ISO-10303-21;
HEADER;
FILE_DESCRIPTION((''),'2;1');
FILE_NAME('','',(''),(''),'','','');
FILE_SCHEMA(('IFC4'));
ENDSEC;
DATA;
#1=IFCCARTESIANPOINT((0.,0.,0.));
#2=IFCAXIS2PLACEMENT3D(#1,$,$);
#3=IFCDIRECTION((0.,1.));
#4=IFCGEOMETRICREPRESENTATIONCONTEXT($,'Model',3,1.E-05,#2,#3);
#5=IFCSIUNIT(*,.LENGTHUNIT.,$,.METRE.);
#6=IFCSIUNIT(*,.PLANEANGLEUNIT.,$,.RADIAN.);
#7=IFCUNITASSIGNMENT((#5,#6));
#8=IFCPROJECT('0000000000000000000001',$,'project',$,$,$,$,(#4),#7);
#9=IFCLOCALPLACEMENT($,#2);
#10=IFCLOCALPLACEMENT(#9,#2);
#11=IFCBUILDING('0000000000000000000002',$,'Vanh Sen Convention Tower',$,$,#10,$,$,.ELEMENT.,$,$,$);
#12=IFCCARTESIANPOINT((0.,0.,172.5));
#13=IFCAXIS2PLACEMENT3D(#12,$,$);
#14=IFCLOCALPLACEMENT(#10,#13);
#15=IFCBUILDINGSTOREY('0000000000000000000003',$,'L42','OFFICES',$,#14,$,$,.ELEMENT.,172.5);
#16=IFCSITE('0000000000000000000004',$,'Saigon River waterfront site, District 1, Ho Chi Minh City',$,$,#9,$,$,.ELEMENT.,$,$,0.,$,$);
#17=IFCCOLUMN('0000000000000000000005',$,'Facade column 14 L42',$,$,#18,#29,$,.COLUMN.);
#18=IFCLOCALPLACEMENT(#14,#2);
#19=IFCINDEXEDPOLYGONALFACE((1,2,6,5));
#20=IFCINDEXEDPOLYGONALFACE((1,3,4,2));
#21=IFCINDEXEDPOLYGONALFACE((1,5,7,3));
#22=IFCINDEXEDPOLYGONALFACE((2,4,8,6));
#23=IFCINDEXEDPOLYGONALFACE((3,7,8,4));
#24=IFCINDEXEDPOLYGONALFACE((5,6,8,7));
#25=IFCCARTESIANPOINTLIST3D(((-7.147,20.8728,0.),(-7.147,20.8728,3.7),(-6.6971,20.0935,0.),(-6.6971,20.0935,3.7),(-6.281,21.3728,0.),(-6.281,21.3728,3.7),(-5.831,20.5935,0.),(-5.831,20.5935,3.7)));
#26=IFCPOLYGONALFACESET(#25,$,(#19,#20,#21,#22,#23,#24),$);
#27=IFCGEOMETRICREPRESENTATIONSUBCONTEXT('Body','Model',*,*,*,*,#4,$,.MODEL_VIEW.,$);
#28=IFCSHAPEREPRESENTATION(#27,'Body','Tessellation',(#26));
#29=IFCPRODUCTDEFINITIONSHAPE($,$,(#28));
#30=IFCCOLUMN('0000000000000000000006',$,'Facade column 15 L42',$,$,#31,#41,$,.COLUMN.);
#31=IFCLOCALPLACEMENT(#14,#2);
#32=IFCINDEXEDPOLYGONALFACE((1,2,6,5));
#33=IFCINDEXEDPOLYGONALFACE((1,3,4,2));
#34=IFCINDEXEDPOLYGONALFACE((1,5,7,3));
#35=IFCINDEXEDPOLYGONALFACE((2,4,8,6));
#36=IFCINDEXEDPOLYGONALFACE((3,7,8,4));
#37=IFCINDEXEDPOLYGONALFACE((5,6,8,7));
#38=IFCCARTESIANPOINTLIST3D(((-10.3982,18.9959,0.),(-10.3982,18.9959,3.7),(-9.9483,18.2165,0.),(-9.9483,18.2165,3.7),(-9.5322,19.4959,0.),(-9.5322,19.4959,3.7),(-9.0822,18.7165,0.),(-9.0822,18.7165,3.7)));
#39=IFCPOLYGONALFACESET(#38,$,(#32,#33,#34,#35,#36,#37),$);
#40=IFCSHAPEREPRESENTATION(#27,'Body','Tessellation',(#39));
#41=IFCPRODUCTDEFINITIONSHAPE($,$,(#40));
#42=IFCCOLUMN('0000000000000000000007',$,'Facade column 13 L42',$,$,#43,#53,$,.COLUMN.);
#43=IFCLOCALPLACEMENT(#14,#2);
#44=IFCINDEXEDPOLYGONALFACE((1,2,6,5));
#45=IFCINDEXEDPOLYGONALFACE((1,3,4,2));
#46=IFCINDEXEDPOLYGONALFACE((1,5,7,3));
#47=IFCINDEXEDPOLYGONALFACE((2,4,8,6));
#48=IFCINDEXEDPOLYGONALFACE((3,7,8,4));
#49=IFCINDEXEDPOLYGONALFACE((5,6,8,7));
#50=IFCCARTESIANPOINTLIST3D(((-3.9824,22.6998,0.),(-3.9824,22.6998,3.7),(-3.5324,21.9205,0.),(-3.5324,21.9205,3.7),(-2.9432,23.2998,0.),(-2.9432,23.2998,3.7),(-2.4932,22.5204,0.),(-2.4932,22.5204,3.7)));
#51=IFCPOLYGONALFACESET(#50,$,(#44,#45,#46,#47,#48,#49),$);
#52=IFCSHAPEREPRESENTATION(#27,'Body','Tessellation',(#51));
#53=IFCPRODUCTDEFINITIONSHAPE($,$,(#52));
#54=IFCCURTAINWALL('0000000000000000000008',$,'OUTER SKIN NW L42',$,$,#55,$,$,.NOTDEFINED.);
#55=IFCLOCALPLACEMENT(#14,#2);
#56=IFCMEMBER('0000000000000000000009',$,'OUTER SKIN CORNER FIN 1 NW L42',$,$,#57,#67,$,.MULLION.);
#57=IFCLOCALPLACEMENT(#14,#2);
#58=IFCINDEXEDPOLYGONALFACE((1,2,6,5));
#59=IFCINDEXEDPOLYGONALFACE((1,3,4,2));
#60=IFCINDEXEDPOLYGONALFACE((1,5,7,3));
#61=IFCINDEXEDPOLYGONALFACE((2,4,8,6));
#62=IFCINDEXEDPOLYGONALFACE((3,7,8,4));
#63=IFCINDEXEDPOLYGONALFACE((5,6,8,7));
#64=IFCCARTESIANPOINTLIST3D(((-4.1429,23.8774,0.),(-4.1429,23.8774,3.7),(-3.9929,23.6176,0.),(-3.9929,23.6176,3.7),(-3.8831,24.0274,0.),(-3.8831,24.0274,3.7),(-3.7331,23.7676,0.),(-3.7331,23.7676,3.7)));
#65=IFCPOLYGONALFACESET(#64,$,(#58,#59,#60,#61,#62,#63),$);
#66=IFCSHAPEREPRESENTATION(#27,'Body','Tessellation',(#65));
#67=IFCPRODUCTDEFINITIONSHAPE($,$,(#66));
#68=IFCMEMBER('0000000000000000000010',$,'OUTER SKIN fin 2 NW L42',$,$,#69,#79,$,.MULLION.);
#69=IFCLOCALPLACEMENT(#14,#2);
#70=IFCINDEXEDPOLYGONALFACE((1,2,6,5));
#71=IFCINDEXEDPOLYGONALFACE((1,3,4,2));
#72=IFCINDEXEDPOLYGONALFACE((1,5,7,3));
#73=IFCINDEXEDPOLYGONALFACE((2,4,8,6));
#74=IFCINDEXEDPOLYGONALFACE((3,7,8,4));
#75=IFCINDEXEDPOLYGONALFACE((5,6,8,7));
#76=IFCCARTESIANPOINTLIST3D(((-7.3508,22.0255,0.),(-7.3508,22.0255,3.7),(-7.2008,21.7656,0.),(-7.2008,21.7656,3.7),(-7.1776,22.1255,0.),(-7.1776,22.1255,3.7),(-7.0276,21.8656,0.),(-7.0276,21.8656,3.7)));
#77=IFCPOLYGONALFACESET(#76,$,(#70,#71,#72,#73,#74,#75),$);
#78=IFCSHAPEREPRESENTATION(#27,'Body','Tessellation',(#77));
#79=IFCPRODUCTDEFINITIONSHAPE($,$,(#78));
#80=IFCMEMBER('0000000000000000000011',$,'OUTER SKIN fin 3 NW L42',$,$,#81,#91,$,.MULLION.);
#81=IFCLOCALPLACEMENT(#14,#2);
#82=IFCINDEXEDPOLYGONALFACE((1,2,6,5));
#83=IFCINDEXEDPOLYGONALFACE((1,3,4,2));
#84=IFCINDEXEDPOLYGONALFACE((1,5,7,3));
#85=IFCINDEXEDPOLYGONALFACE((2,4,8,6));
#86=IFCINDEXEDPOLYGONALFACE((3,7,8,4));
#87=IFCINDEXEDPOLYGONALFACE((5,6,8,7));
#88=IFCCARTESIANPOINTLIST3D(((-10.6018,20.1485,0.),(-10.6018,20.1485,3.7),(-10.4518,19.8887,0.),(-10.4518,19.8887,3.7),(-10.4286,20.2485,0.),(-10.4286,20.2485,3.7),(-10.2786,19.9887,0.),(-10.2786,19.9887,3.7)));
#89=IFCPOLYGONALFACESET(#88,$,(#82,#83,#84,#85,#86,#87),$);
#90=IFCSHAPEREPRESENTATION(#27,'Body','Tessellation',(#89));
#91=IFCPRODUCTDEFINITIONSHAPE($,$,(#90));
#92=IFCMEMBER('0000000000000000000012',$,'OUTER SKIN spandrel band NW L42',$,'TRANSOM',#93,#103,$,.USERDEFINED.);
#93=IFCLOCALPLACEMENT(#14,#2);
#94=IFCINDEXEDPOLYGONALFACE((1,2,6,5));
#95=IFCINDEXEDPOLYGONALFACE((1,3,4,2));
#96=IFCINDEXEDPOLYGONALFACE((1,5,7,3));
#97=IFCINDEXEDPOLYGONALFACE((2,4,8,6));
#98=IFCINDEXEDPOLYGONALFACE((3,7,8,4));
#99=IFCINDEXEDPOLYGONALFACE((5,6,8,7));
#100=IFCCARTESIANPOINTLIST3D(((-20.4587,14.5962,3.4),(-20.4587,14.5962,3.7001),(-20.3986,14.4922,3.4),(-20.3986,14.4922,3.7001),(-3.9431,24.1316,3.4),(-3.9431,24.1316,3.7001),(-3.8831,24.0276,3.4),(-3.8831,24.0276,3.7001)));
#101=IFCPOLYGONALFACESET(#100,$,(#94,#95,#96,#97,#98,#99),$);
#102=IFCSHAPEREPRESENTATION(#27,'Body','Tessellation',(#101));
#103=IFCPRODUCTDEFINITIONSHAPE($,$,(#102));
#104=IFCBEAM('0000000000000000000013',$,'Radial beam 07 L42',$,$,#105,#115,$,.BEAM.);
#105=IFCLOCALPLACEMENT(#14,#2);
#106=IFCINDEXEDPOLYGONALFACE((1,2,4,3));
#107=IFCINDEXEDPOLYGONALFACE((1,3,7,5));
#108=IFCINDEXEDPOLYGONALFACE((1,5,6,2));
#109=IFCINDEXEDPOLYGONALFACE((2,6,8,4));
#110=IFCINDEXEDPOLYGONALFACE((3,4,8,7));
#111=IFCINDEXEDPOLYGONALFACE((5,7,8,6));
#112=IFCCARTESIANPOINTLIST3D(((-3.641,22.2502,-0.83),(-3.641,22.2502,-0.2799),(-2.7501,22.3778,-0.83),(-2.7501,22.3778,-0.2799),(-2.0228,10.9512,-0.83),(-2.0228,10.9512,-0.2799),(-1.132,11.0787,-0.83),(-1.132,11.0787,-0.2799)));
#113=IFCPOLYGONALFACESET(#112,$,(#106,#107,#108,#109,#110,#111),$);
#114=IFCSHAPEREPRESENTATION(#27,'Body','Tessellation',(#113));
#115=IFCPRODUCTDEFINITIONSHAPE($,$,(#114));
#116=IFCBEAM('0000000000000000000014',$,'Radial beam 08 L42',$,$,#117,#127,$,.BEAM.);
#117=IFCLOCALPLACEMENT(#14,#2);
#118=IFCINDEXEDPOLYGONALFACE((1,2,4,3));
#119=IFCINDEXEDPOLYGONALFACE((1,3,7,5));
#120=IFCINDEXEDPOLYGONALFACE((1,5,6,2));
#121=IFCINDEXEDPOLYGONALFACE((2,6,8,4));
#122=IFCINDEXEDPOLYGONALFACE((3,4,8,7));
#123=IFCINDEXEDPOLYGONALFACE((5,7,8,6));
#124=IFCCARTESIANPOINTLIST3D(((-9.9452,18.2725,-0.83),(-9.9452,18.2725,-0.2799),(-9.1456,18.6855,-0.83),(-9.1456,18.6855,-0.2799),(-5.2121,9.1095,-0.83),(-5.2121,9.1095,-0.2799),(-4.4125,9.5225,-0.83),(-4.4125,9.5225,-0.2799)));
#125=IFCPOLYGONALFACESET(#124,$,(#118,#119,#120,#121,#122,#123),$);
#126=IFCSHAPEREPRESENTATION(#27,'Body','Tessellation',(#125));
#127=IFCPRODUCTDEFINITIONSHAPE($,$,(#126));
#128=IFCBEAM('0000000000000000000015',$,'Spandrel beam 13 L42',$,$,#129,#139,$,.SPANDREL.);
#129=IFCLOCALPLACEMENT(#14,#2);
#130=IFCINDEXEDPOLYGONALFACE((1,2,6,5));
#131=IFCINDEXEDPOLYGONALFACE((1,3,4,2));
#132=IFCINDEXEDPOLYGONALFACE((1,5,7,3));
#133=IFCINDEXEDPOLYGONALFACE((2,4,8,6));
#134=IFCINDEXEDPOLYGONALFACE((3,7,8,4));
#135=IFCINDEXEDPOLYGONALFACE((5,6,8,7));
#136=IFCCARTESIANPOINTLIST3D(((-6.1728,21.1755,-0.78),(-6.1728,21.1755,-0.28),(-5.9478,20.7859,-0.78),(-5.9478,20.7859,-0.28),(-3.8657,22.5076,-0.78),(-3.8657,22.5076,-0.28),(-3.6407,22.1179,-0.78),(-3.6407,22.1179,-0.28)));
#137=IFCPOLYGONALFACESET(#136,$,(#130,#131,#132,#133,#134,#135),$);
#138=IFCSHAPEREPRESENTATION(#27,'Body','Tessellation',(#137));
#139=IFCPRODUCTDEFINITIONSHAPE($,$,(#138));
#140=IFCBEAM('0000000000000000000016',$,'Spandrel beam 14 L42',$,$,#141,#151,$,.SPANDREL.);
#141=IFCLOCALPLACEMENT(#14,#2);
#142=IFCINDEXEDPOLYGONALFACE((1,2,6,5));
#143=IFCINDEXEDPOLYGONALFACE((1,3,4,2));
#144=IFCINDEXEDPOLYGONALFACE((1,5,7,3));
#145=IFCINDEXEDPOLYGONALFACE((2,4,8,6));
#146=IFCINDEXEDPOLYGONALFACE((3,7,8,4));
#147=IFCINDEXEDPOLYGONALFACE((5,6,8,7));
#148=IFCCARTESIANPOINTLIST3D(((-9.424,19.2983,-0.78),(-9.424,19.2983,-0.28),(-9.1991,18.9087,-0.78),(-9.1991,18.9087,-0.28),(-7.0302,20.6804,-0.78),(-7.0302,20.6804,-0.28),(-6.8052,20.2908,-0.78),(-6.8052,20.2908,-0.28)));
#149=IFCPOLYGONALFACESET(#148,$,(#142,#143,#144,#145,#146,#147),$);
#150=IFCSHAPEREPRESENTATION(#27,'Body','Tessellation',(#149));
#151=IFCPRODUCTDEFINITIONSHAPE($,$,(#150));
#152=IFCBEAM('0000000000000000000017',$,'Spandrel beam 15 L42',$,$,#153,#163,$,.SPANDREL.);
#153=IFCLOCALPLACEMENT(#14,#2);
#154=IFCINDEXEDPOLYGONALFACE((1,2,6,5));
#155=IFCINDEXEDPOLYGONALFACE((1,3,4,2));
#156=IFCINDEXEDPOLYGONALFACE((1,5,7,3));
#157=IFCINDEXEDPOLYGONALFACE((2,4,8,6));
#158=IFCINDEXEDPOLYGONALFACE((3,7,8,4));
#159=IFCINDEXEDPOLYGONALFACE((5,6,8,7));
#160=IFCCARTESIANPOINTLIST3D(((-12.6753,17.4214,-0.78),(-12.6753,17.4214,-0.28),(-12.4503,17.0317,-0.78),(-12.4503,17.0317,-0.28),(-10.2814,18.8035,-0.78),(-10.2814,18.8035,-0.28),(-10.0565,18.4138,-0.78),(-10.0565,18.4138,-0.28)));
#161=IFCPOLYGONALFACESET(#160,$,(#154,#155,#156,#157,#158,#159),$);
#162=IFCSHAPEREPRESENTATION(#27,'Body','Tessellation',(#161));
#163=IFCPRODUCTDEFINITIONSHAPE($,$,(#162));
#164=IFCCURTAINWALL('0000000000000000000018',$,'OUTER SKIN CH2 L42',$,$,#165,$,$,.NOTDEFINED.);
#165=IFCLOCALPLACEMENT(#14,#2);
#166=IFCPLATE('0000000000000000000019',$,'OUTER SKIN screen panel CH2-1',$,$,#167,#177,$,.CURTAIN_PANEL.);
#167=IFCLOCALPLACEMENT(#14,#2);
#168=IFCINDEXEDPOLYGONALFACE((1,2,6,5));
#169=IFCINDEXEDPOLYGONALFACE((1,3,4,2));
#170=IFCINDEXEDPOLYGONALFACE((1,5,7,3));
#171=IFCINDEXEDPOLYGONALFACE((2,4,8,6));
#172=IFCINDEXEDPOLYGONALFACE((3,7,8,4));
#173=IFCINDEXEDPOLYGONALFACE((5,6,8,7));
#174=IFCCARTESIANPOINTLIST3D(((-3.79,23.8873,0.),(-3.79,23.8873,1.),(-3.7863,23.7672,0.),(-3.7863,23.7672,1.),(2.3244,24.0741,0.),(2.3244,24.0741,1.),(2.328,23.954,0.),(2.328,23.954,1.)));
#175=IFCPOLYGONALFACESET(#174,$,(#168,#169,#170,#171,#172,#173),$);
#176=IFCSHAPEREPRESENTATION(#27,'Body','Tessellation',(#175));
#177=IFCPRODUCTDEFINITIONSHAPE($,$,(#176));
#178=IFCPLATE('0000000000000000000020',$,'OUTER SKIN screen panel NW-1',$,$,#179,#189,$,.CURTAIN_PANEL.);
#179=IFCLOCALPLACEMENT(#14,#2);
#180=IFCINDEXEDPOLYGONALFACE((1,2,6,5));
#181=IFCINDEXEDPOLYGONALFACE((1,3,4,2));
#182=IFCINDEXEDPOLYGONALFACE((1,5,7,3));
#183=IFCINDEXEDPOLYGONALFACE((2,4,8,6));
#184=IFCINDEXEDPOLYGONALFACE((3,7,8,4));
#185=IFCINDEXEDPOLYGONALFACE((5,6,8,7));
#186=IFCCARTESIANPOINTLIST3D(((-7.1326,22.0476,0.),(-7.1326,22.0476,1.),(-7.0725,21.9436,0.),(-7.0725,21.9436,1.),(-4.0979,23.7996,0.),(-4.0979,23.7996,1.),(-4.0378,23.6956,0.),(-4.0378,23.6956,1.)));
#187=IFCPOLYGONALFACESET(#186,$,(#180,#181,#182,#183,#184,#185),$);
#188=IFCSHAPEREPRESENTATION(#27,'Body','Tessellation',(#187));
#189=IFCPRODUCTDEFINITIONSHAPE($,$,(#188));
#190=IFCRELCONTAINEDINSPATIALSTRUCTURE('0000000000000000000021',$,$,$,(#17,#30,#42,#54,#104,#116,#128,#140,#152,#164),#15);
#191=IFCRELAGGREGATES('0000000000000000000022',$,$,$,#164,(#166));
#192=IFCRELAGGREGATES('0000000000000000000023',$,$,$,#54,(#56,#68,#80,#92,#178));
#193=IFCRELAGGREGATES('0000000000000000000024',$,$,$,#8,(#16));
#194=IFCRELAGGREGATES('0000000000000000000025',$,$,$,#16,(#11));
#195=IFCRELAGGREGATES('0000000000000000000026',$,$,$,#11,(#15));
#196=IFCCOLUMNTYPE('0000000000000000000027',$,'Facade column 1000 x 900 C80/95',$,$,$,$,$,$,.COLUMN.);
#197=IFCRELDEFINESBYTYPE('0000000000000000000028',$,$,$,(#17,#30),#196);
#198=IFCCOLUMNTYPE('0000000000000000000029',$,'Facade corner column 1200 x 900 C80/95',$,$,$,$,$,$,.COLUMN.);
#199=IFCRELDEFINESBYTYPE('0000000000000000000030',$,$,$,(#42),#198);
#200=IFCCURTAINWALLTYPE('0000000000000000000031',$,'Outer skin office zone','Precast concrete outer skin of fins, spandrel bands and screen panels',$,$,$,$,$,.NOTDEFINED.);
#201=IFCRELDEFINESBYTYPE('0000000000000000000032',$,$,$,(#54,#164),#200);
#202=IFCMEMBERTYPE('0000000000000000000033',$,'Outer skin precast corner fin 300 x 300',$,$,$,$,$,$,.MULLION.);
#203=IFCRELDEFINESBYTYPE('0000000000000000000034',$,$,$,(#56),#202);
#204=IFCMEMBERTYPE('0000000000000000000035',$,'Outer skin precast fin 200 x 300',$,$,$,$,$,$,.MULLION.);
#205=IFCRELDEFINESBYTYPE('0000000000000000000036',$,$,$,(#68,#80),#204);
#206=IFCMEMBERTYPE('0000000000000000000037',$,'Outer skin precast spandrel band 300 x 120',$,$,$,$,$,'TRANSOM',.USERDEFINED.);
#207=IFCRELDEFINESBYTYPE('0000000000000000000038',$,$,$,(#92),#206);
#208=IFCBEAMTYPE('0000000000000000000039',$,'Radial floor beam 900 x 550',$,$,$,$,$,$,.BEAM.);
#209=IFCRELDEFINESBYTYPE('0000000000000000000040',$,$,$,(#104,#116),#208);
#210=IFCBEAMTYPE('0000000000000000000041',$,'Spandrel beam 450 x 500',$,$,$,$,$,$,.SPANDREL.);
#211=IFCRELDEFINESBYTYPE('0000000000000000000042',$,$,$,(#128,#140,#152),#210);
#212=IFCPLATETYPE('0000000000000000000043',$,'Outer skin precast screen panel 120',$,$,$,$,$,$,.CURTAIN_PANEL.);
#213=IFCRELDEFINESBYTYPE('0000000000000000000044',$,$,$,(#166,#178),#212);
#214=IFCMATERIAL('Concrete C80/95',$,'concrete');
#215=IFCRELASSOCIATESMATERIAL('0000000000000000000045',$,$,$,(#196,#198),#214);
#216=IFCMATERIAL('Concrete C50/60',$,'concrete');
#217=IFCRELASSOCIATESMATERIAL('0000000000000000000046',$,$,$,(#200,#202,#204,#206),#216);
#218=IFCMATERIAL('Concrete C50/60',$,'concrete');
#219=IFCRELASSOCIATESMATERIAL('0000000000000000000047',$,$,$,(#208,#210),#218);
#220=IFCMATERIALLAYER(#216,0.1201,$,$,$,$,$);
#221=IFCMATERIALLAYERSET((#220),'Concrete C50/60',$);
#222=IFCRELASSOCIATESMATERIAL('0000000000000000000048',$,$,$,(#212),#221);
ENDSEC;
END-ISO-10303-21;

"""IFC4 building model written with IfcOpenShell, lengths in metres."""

from ifc_helpers import new_model, si_unit, direction, frame, origin, origin_2d, place, context, subcontext, project, spatial, rectangle, extrude, material, layer, layer_set, material_profile, profile_set, type_object, element, aggregate, save


model = new_model("IFC4")

# Units and contexts
model_context = context("Model", 3, precision=1e-05, world=origin(), true_north=direction((0.0, 1.0)))
body_context = subcontext(model_context, "Body", "Model", "MODEL_VIEW")
ifc_project = project(units=[si_unit("LENGTHUNIT", "METRE"), si_unit("PLANEANGLEUNIT", "RADIAN")], contexts=[model_context])

# Site, building, storey
site_placement = place(None, origin())
site = spatial("IfcSite", under=ifc_project, at=site_placement, Name="Saigon River waterfront site, District 1, Ho Chi Minh City", CompositionType="ELEMENT", RefElevation=0.0)
building_placement = place(site_placement, origin())
building = spatial("IfcBuilding", under=site, at=building_placement, Name="Vanh Sen Convention Tower", CompositionType="ELEMENT")
storey_placement = place(building_placement, frame((0.0, 0.0, 172.5)))
storey = spatial("IfcBuildingStorey", under=building, at=storey_placement, Name="L42", Description="OFFICES", CompositionType="ELEMENT", Elevation=172.5)

# Columns
ifc_material_1 = material(Name="Concrete C80/95", Category="concrete")
ifc_material_profile_1 = material_profile(ifc_material_1, rectangle(XDim=1.0, YDim=0.8999, at=origin_2d()), Name="RC 1000X900")
ifc_profile_set_1 = profile_set([ifc_material_profile_1], Name="Concrete C80/95")
column_type_1 = type_object("IfcColumnType", Name="Facade column 1000 x 900 C80/95", PredefinedType="COLUMN", material=ifc_profile_set_1)
for number, where, z_axis, x_axis, name in (
    (1, (-6.489, 20.7332, 0.0), (0.0, 0.0, 1.0), (-0.866025, -0.5, 0.0), "Facade column 14 L42"),
    (2, (-9.7402, 18.8562, 0.0), (0.0, 0.0, 1.0), (-0.866025, -0.5, 0.0), "Facade column 15 L42"),
):
    element("IfcColumn", number, at=place(storey_placement, frame(where, z_axis=z_axis, x_axis=x_axis)), inside=storey, type_object=column_type_1, Name=name, PredefinedType="COLUMN", context=body_context, shape_type="SweptSolid", body=[
        extrude(rectangle(XDim=1.0, YDim=0.8999, at=origin_2d()), origin(), (0.0, 0.0, 1.0), 3.7),
    ])
ifc_material_profile_2 = material_profile(ifc_material_1, rectangle(XDim=1.2, YDim=0.8999, at=origin_2d()), Name="RC 1200X900")
ifc_profile_set_2 = profile_set([ifc_material_profile_2], Name="Concrete C80/95")
column_type_2 = type_object("IfcColumnType", Name="Facade corner column 1200 x 900 C80/95", PredefinedType="COLUMN", material=ifc_profile_set_2)
column_placement = place(storey_placement, frame((-3.2378, 22.6101, 0.0), z_axis=(0.0, 0.0, 1.0), x_axis=(-0.866025, -0.5, 0.0)))
element("IfcColumn", 3, at=column_placement, inside=storey, type_object=column_type_2, Name="Facade column 13 L42", PredefinedType="COLUMN", context=body_context, shape_type="SweptSolid", body=[
    extrude(rectangle(XDim=1.2, YDim=0.8999, at=origin_2d()), origin(), (0.0, 0.0, 1.0), 3.7),
])

# Curtain wall, members
ifc_material_2 = material(Name="Concrete C50/60", Category="concrete")
curtain_wall_type = type_object("IfcCurtainWallType", Name="Outer skin office zone", Description="Precast concrete outer skin of fins, spandrel bands and screen panels", PredefinedType="NOTDEFINED", material=ifc_material_2)
curtain_wall_1_placement = place(storey_placement, origin())
curtain_wall_1 = element("IfcCurtainWall", 4, at=curtain_wall_1_placement, inside=storey, type_object=curtain_wall_type, Name="OUTER SKIN NW L42", PredefinedType="NOTDEFINED")
ifc_material_profile_3 = material_profile(ifc_material_2, rectangle(XDim=0.3, YDim=0.3, at=origin_2d()), Name="Outer skin precast corner fin 300 x 300")
ifc_profile_set_3 = profile_set([ifc_material_profile_3], Name="Concrete C50/60")
member_type_1 = type_object("IfcMemberType", Name="Outer skin precast corner fin 300 x 300", PredefinedType="MULLION", material=ifc_profile_set_3)
member_1_placement = place(storey_placement, frame((-3.938, 23.8225, 0.0), z_axis=(0.0, 0.0, 1.0), x_axis=(-0.866025, -0.5, 0.0)))
member_1 = element("IfcMember", 5, at=member_1_placement, type_object=member_type_1, Name="OUTER SKIN CORNER FIN 1 NW L42", PredefinedType="MULLION", context=body_context, shape_type="SweptSolid", body=[
    extrude(rectangle(XDim=0.3, YDim=0.3, at=origin_2d()), origin(), (0.0, 0.0, 1.0), 3.7),
])
ifc_material_profile_4 = material_profile(ifc_material_2, rectangle(XDim=0.2, YDim=0.3, at=origin_2d()), Name="Outer skin precast fin 200 x 300")
ifc_profile_set_4 = profile_set([ifc_material_profile_4], Name="Concrete C50/60")
member_type_2 = type_object("IfcMemberType", Name="Outer skin precast fin 200 x 300", PredefinedType="MULLION", material=ifc_profile_set_4)
member_2_placement = place(storey_placement, frame((-7.1892, 21.9456, 0.0), z_axis=(0.0, 0.0, 1.0), x_axis=(-0.866025, -0.5, 0.0)))
member_2 = element("IfcMember", 6, at=member_2_placement, type_object=member_type_2, Name="OUTER SKIN fin 2 NW L42", PredefinedType="MULLION", context=body_context, shape_type="SweptSolid", body=[
    extrude(rectangle(XDim=0.2, YDim=0.3, at=origin_2d()), origin(), (0.0, 0.0, 1.0), 3.7),
])
member_3_placement = place(storey_placement, frame((-10.4402, 20.0686, 0.0), z_axis=(0.0, 0.0, 1.0), x_axis=(-0.866025, -0.5, 0.0)))
member_3 = element("IfcMember", 7, at=member_3_placement, type_object=member_type_2, Name="OUTER SKIN fin 3 NW L42", PredefinedType="MULLION", context=body_context, shape_type="SweptSolid", body=[
    extrude(rectangle(XDim=0.2, YDim=0.3, at=origin_2d()), origin(), (0.0, 0.0, 1.0), 3.7),
])
ifc_material_profile_5 = material_profile(ifc_material_2, rectangle(XDim=0.1201, YDim=0.3, at=origin_2d()), Name="Outer skin precast spandrel band 300 x 120")
ifc_profile_set_5 = profile_set([ifc_material_profile_5], Name="Concrete C50/60")
member_type_3 = type_object("IfcMemberType", Name="Outer skin precast spandrel band 300 x 120", ElementType="TRANSOM", PredefinedType="USERDEFINED", material=ifc_profile_set_5)
member_4_placement = place(storey_placement, frame((-3.9131, 24.0796, 3.55), z_axis=(-0.866023, -0.500004, 0.0), x_axis=(0.500004, -0.866023, 0.0)))
member_4 = element("IfcMember", 8, at=member_4_placement, type_object=member_type_3, Name="OUTER SKIN spandrel band NW L42", ObjectType="TRANSOM", PredefinedType="USERDEFINED", context=body_context, shape_type="SweptSolid", body=[
    extrude(rectangle(XDim=0.1201, YDim=0.3, at=origin_2d()), origin(), (0.0, 0.0, 1.0), 19.0706),
])

# Beams
ifc_material_3 = material(Name="Concrete C50/60", Category="concrete")
ifc_material_profile_6 = material_profile(ifc_material_3, rectangle(XDim=0.8999, YDim=0.55, at=origin_2d()), Name="RC 900X550")
ifc_profile_set_6 = profile_set([ifc_material_profile_6], Name="Concrete C50/60")
beam_type_1 = type_object("IfcBeamType", Name="Radial floor beam 900 x 550", PredefinedType="BEAM", material=ifc_profile_set_6)
beam_1_placement = place(storey_placement, frame((-3.1956, 22.314, -0.5549), z_axis=(0.141766, -0.9899, 0.0), x_axis=(0.9899, 0.141766, 0.0)))
element("IfcBeam", 9, at=beam_1_placement, inside=storey, type_object=beam_type_1, Name="Radial beam 07 L42", PredefinedType="BEAM", context=body_context, shape_type="SweptSolid", body=[
    extrude(rectangle(XDim=0.8999, YDim=0.55, at=origin_2d()), origin(), (0.0, 0.0, 1.0), 11.4143),
])
beam_2_placement = place(storey_placement, frame((-9.5454, 18.479, -0.5549), z_axis=(0.458935, -0.88847, 0.0), x_axis=(0.88847, 0.458935, 0.0)))
element("IfcBeam", 10, at=beam_2_placement, inside=storey, type_object=beam_type_1, Name="Radial beam 08 L42", PredefinedType="BEAM", context=body_context, shape_type="SweptSolid", body=[
    extrude(rectangle(XDim=0.8999, YDim=0.55, at=origin_2d()), origin(), (0.0, 0.0, 1.0), 10.3132),
])
ifc_material_profile_7 = material_profile(ifc_material_3, rectangle(XDim=0.45, YDim=0.5, at=origin_2d()), Name="RC 450X500")
ifc_profile_set_7 = profile_set([ifc_material_profile_7], Name="Concrete C50/60")
beam_type_2 = type_object("IfcBeamType", Name="Spandrel beam 450 x 500", PredefinedType="SPANDREL", material=ifc_profile_set_7)
beam_3_placement = place(storey_placement, frame((-3.7532, 22.3127, -0.53), z_axis=(-0.866024, -0.500003, 0.0), x_axis=(0.500003, -0.866024, 0.0)))
element("IfcBeam", 11, at=beam_3_placement, inside=storey, type_object=beam_type_2, Name="Spandrel beam 13 L42", PredefinedType="SPANDREL", context=body_context, shape_type="SweptSolid", body=[
    extrude(rectangle(XDim=0.45, YDim=0.5, at=origin_2d()), origin(), (0.0, 0.0, 1.0), 2.6641),
])
for number, where, z_axis, x_axis, name in (
    (12, (-6.9177, 20.4856, -0.53), (-0.866022, -0.500005, 0.0), (0.500005, -0.866022, 0.0), "Spandrel beam 14 L42"),
    (13, (-10.1689, 18.6086, -0.53), (-0.866022, -0.500005, 0.0), (0.500005, -0.866022, 0.0), "Spandrel beam 15 L42"),
):
    element("IfcBeam", number, at=place(storey_placement, frame(where, z_axis=z_axis, x_axis=x_axis)), inside=storey, type_object=beam_type_2, Name=name, PredefinedType="SPANDREL", context=body_context, shape_type="SweptSolid", body=[
        extrude(rectangle(XDim=0.45, YDim=0.5, at=origin_2d()), origin(), (0.0, 0.0, 1.0), 2.7642),
    ])

# Curtain wall, plate
curtain_wall_2_placement = place(storey_placement, origin())
curtain_wall_2 = element("IfcCurtainWall", 14, at=curtain_wall_2_placement, inside=storey, type_object=curtain_wall_type, Name="OUTER SKIN CH2 L42", PredefinedType="NOTDEFINED")
ifc_layer_1 = layer(ifc_material_2, 0.1201)
ifc_layer_set_1 = layer_set([ifc_layer_1], Name="Concrete C50/60")
plate_type = type_object("IfcPlateType", Name="Outer skin precast screen panel 120", PredefinedType="CURTAIN_PANEL", material=ifc_layer_set_1)
plate_1_placement = place(storey_placement, frame((-0.731, 23.9207, 0.0), z_axis=(0.0, 0.0, 1.0), x_axis=(-0.999534, -0.030539, 0.0)))
plate_1 = element("IfcPlate", 15, at=plate_1_placement, type_object=plate_type, Name="OUTER SKIN screen panel CH2-1", PredefinedType="CURTAIN_PANEL", context=body_context, shape_type="SweptSolid", body=[
    extrude(rectangle(XDim=6.1172, YDim=0.1201, at=origin_2d()), origin(), (0.0, 0.0, 1.0), 1.0),
])
aggregate(curtain_wall_2, [plate_1])

# Plate
plate_2_placement = place(storey_placement, frame((-5.5852, 22.8716, 0.0), z_axis=(0.0, 0.0, 1.0), x_axis=(-0.866035, -0.499983, 0.0)))
plate_2 = element("IfcPlate", 16, at=plate_2_placement, type_object=plate_type, Name="OUTER SKIN screen panel NW-1", PredefinedType="CURTAIN_PANEL", context=body_context, shape_type="SweptSolid", body=[
    extrude(rectangle(XDim=3.5042, YDim=0.1201, at=origin_2d()), origin(), (0.0, 0.0, 1.0), 1.0),
])
aggregate(curtain_wall_1, [member_1, member_2, member_3, member_4, plate_2])

save(model, "model.ifc")
